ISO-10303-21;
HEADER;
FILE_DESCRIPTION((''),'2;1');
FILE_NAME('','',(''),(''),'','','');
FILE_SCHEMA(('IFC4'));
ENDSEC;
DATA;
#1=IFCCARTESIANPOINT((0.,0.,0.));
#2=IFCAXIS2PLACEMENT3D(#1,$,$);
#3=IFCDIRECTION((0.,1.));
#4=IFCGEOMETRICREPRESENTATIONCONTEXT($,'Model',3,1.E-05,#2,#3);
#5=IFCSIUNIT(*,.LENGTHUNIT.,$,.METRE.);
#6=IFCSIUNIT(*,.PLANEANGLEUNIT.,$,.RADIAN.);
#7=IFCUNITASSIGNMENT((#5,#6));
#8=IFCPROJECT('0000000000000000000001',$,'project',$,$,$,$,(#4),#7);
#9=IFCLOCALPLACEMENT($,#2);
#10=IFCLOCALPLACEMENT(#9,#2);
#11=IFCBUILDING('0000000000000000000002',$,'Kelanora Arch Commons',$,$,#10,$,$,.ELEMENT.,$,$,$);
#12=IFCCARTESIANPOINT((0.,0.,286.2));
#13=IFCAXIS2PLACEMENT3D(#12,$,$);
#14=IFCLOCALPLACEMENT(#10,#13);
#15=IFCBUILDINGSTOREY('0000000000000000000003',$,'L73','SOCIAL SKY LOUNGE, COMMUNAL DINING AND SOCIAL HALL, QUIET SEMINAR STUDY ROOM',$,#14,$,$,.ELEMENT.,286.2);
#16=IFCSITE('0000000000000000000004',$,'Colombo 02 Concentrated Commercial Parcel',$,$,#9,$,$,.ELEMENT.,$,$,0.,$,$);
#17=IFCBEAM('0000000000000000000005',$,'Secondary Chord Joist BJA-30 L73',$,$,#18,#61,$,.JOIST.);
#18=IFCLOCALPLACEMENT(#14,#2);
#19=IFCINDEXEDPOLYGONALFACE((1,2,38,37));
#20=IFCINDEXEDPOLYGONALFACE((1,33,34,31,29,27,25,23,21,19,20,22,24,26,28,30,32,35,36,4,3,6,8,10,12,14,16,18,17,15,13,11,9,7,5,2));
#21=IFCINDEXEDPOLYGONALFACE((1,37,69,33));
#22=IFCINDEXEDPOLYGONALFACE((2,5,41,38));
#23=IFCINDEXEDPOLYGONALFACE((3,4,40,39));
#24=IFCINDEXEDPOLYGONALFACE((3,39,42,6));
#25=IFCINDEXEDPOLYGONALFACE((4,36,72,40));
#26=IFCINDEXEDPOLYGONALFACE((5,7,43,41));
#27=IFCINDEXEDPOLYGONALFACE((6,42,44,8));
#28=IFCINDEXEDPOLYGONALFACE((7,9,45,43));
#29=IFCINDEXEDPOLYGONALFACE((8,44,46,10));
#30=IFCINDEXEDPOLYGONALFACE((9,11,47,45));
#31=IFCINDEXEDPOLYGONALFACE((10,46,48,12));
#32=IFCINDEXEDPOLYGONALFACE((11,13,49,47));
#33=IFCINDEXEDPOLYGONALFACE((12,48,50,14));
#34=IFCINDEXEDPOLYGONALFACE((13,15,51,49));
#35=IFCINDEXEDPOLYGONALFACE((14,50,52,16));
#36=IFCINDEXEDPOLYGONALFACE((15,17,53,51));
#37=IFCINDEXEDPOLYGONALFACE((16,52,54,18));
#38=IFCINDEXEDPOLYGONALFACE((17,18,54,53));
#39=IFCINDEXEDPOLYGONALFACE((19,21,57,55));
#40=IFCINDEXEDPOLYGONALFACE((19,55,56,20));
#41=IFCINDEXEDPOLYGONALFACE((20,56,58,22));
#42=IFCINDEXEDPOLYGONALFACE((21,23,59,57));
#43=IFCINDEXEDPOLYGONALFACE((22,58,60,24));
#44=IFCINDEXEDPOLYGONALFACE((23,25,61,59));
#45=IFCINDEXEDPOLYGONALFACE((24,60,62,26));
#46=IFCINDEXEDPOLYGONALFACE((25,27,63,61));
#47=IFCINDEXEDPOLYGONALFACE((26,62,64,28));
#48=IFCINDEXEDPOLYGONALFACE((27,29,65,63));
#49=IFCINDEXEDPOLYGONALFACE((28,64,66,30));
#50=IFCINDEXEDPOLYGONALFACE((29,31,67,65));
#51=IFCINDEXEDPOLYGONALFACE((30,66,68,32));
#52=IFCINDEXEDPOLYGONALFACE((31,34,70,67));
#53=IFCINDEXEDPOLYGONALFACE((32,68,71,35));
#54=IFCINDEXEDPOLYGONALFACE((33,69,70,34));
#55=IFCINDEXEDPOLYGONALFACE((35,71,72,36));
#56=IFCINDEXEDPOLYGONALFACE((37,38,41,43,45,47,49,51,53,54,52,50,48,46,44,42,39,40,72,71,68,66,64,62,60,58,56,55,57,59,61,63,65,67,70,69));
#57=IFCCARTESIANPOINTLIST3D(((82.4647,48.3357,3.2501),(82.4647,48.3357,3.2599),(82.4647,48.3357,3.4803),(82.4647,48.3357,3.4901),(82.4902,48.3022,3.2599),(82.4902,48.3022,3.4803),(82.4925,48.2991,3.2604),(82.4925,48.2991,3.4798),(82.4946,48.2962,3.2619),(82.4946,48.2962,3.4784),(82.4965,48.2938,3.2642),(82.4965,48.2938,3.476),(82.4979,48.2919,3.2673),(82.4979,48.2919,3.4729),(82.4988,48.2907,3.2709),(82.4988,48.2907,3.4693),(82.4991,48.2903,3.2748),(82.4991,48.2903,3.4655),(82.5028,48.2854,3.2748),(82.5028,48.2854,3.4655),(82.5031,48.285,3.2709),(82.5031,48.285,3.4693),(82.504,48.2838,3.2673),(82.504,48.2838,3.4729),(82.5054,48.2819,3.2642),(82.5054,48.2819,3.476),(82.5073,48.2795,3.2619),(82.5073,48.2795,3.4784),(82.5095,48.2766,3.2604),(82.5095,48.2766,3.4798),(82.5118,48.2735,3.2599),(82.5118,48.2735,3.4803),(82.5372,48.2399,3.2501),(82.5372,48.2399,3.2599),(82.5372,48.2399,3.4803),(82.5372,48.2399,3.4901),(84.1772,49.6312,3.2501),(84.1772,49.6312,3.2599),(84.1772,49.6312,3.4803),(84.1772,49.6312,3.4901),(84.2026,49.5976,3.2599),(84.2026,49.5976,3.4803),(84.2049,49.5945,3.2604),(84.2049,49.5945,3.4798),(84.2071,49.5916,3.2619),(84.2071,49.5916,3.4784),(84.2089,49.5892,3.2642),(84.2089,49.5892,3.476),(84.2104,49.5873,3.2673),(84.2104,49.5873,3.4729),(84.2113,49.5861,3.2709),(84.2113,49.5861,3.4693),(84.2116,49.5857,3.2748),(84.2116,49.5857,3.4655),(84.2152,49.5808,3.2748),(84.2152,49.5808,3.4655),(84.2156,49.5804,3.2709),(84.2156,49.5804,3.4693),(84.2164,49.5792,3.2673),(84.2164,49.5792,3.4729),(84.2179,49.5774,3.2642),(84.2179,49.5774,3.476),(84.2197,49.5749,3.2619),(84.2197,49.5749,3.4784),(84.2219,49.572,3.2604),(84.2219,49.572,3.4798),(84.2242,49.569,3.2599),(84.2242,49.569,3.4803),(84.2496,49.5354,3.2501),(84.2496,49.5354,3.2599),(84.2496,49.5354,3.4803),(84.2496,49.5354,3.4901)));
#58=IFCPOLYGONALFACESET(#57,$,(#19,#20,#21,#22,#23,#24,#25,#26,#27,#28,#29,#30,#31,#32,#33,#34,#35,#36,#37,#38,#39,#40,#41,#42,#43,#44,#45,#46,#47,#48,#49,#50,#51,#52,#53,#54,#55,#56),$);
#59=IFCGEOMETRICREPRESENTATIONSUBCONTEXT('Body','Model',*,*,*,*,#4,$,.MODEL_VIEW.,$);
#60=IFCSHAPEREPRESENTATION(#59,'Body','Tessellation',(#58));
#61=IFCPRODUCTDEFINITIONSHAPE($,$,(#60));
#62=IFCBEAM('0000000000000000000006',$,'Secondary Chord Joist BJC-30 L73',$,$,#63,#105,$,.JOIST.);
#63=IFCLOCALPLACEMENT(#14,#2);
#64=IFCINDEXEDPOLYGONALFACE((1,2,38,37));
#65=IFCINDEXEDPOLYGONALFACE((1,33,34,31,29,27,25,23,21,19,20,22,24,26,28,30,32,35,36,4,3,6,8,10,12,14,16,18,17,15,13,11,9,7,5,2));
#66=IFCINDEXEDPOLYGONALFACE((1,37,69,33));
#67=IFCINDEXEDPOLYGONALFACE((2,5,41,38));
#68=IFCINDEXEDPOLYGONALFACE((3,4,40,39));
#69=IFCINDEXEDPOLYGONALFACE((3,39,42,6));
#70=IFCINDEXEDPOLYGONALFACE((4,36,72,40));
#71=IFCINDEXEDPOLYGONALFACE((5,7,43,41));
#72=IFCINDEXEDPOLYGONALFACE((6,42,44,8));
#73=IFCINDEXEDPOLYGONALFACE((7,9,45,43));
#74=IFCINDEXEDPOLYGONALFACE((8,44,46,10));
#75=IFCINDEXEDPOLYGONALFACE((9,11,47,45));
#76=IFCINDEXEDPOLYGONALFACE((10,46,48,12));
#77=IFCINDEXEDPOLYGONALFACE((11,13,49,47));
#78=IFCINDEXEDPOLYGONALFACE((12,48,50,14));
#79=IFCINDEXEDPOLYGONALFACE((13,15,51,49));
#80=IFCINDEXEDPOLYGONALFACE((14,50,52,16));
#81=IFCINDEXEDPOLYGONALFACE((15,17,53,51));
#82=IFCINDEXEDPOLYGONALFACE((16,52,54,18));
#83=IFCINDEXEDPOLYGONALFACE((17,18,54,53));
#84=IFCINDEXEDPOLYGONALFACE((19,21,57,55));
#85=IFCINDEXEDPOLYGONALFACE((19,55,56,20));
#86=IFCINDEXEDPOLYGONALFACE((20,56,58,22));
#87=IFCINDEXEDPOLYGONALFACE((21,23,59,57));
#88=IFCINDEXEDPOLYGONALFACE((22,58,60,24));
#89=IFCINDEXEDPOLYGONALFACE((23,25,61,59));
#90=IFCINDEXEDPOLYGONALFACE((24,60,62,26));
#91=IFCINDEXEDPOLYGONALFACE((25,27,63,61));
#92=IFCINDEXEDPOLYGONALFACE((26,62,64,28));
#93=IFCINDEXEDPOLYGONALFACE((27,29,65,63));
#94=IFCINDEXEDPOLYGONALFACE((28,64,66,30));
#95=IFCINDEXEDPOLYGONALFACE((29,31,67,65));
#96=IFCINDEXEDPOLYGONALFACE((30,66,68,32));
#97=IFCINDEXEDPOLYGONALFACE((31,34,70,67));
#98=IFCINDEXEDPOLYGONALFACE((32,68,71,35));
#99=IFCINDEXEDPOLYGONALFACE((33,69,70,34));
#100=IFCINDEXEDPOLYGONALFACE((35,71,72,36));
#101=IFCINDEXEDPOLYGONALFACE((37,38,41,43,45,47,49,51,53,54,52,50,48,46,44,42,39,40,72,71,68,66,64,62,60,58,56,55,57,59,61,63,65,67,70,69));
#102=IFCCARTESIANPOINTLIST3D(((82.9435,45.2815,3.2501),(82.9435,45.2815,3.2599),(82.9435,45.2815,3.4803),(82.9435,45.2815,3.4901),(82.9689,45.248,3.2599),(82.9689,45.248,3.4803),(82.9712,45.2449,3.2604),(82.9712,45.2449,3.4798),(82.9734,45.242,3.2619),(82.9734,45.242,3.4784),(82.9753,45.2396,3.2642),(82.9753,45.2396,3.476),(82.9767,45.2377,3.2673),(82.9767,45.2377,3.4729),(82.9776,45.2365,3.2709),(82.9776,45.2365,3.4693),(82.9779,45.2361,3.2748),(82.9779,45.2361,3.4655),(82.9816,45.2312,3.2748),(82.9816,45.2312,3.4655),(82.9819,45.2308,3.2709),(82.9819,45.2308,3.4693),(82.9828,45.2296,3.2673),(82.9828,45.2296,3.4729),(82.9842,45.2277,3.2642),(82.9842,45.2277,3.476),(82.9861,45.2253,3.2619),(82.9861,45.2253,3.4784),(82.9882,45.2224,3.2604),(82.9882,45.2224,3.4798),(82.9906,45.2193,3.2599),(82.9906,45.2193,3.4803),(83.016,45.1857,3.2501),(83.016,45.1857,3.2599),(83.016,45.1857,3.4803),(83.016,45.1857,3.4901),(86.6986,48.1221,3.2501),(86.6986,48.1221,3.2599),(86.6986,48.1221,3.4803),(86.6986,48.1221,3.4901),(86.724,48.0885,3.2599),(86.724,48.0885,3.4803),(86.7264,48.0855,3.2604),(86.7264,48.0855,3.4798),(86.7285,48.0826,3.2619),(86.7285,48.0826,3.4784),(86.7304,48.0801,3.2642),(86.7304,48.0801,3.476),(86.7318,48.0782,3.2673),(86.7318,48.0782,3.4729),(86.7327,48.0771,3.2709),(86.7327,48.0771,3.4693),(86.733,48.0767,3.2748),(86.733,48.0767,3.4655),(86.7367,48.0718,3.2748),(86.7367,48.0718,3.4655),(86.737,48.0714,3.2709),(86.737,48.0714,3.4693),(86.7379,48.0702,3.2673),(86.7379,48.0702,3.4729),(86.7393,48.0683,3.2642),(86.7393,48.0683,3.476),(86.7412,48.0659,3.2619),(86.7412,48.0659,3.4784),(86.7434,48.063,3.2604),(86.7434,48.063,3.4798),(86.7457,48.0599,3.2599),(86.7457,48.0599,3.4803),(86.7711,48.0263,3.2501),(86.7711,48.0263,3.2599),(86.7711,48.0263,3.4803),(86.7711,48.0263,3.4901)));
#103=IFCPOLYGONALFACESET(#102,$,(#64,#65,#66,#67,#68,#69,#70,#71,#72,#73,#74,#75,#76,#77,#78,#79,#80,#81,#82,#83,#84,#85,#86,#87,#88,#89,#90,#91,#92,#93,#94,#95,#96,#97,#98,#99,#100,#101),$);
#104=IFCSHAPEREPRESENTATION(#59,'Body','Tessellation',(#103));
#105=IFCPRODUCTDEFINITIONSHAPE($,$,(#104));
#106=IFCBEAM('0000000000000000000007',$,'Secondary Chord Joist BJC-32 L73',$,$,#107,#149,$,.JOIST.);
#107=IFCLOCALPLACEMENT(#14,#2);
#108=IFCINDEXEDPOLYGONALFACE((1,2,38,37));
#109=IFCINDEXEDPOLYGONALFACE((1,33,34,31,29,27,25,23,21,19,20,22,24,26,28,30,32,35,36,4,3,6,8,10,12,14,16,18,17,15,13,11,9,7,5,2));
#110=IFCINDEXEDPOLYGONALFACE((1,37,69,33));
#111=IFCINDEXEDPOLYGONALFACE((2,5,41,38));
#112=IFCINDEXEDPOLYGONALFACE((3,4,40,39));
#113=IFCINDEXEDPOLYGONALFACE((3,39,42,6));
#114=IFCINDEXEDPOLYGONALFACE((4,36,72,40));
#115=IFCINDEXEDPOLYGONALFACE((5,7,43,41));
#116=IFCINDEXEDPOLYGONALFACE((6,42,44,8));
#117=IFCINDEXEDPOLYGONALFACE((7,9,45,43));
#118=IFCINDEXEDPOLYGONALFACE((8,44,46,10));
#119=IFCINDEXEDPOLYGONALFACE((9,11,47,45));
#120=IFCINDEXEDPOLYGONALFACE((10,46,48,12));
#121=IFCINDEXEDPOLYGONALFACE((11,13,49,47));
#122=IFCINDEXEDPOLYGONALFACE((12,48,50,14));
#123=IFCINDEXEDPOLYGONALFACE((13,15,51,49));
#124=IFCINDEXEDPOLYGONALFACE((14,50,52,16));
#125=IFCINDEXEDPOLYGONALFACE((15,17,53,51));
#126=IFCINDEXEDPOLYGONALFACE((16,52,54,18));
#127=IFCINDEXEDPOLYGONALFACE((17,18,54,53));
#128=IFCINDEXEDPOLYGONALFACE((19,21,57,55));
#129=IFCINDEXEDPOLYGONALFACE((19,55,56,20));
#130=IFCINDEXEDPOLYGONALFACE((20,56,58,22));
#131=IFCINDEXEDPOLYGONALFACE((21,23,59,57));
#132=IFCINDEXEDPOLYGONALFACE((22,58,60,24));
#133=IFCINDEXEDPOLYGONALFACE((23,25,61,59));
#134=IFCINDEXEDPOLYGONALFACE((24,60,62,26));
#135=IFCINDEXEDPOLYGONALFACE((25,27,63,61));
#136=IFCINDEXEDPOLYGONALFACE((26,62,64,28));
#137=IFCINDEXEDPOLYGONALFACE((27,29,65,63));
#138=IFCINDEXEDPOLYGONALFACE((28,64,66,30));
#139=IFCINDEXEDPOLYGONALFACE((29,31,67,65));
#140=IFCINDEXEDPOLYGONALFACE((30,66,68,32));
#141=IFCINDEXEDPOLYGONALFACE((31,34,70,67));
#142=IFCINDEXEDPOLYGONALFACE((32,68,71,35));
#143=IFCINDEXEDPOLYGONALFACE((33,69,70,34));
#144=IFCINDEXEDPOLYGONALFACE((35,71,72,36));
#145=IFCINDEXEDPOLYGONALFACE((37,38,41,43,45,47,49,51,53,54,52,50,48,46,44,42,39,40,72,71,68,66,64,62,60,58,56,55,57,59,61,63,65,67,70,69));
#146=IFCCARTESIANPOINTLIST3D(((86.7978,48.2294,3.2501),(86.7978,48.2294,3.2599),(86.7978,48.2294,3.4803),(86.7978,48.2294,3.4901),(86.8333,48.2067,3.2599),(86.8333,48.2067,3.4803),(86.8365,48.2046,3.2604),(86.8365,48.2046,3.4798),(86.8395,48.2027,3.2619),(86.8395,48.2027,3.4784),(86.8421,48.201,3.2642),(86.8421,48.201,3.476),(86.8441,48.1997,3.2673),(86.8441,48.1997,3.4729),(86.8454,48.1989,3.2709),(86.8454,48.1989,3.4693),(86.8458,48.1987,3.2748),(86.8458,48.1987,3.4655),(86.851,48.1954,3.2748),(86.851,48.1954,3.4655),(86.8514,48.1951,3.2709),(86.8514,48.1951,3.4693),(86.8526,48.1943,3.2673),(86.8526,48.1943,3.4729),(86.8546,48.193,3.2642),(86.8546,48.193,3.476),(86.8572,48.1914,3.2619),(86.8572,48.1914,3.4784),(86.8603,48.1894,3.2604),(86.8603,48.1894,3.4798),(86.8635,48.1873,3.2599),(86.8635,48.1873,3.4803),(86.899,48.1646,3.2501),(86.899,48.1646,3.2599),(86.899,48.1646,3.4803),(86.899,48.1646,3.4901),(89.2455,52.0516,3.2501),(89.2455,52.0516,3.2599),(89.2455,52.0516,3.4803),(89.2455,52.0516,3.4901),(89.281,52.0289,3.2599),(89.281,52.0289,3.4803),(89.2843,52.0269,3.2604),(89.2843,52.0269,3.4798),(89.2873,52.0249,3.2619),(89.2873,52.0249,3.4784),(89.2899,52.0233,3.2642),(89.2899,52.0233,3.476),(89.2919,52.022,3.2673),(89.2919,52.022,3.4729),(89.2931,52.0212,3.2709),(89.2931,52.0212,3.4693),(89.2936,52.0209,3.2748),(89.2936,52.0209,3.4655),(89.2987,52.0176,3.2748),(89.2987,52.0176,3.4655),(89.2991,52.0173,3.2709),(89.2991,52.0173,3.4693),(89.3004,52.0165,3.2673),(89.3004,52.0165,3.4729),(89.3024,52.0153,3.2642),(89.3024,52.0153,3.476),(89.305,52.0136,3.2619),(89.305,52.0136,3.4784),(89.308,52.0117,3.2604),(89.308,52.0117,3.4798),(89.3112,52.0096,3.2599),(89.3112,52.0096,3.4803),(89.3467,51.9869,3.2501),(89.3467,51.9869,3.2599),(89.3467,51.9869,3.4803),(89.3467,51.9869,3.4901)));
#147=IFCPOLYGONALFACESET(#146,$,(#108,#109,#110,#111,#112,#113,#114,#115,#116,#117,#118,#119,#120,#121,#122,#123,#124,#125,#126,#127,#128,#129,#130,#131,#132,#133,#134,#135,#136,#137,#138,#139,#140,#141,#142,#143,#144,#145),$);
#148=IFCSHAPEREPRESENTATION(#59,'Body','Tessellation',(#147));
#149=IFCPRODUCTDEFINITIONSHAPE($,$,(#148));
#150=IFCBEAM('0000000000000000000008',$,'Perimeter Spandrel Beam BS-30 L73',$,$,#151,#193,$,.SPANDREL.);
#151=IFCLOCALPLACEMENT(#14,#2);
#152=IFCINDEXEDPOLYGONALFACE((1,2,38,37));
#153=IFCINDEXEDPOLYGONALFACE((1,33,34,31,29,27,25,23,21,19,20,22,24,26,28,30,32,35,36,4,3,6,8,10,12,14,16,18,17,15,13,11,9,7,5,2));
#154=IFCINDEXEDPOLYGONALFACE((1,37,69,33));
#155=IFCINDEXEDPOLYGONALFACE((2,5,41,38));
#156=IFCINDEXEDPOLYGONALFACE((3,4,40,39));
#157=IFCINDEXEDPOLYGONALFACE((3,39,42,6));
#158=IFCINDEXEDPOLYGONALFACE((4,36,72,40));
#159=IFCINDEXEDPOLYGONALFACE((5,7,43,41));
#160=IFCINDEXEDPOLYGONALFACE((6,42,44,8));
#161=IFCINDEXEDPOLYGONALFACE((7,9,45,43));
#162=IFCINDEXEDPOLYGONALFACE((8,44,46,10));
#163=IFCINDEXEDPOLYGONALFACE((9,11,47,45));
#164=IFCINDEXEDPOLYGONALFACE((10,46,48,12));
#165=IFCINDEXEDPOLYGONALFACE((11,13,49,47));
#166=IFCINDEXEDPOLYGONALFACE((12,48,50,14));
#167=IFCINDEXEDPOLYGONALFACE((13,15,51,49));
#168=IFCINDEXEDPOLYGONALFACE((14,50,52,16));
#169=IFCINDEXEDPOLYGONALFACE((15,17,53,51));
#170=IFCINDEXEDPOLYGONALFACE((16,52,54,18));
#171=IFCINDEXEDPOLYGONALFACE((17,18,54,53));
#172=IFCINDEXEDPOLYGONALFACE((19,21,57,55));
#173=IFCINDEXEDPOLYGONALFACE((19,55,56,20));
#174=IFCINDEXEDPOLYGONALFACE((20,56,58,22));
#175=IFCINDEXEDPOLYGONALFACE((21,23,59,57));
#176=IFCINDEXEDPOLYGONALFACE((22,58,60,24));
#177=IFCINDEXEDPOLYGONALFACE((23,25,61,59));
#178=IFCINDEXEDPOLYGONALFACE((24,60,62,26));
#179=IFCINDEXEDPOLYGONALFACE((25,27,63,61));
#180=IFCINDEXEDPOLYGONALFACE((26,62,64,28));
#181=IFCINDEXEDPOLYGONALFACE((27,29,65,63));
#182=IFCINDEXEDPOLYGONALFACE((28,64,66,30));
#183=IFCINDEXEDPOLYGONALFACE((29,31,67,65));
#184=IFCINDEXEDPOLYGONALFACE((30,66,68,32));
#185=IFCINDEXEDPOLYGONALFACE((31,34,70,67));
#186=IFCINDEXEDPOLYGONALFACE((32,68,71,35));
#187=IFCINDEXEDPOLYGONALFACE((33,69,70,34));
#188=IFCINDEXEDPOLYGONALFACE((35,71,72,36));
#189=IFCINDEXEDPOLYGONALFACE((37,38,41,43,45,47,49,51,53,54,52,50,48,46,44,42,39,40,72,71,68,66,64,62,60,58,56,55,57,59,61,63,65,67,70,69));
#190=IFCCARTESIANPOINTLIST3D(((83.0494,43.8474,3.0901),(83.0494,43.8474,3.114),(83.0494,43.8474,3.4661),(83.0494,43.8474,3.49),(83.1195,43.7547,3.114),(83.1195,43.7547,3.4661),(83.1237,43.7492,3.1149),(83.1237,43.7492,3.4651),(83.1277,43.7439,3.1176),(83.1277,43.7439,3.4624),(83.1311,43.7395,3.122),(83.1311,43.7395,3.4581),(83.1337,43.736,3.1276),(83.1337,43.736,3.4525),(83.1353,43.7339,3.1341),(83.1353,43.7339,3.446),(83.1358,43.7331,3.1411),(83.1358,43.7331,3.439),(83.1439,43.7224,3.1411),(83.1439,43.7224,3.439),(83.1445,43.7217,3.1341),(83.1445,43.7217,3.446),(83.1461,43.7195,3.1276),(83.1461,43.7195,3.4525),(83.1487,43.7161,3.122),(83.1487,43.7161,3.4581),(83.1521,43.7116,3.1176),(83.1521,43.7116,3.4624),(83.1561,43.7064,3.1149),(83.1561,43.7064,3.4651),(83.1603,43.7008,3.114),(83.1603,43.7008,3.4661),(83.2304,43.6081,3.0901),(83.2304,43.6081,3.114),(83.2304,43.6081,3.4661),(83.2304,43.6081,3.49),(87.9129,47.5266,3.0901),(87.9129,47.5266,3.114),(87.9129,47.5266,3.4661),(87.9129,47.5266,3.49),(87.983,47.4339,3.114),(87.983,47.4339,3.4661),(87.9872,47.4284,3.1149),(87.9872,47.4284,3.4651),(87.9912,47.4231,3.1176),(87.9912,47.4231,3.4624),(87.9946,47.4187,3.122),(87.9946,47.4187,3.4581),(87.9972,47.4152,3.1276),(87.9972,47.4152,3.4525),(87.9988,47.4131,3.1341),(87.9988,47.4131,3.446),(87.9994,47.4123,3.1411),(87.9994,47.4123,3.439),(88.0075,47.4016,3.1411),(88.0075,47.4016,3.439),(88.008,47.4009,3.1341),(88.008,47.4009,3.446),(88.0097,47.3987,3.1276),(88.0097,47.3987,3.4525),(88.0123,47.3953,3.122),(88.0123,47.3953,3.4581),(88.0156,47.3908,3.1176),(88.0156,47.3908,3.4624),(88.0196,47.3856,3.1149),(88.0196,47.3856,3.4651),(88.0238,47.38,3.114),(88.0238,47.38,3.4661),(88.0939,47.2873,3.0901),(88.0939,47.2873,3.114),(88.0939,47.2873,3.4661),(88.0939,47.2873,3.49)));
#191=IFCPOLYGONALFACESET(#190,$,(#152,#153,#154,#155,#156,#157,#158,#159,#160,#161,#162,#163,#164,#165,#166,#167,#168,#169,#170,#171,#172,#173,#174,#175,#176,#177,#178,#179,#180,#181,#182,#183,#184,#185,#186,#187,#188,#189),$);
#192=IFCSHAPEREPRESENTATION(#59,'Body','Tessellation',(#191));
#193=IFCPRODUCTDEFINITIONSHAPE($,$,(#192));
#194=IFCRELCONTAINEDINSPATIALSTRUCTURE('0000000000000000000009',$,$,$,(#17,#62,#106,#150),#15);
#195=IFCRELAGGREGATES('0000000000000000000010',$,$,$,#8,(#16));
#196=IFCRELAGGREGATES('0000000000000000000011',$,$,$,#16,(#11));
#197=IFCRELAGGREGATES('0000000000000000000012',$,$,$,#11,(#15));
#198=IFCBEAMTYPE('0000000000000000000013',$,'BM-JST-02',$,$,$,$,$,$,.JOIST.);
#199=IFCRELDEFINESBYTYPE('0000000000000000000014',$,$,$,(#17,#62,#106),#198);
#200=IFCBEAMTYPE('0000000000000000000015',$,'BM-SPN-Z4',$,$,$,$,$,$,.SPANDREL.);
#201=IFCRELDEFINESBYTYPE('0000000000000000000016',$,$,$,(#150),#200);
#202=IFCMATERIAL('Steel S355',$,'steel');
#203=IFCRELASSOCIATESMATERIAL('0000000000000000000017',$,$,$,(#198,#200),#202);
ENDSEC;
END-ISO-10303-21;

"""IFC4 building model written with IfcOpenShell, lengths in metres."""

from ifc_helpers import new_model, si_unit, direction, frame, origin, origin_2d, place, context, subcontext, project, spatial, i_section, extrude, material, material_profile, profile_set, type_object, element, save


model = new_model("IFC4")

# Units and contexts
model_context = context("Model", 3, precision=1e-05, world=origin(), true_north=direction((0.0, 1.0)))
body_context = subcontext(model_context, "Body", "Model", "MODEL_VIEW")
ifc_project = project(units=[si_unit("LENGTHUNIT", "METRE"), si_unit("PLANEANGLEUNIT", "RADIAN")], contexts=[model_context])

# Site, building, storey
site_placement = place(None, origin())
site = spatial("IfcSite", under=ifc_project, at=site_placement, Name="Colombo 02 Concentrated Commercial Parcel", CompositionType="ELEMENT", RefElevation=0.0)
building_placement = place(site_placement, origin())
building = spatial("IfcBuilding", under=site, at=building_placement, Name="Kelanora Arch Commons", CompositionType="ELEMENT")
storey_placement = place(building_placement, frame((0.0, 0.0, 286.2)))
storey = spatial("IfcBuildingStorey", under=building, at=storey_placement, Name="L73", Description="SOCIAL SKY LOUNGE, COMMUNAL DINING AND SOCIAL HALL, QUIET SEMINAR STUDY ROOM", CompositionType="ELEMENT", Elevation=286.2)

# Beams
ifc_material_1 = material(Name="Steel S355", Category="steel")
ifc_material_profile_1 = material_profile(ifc_material_1, i_section(OverallWidth=0.1201, OverallDepth=0.24, WebThickness=0.0061, FlangeThickness=0.0098, FilletRadius=0.0149, at=origin_2d()), Name="IPE240")
ifc_profile_set_1 = profile_set([ifc_material_profile_1], Name="Steel S355")
beam_type_1 = type_object("IfcBeamType", Name="BM-JST-02", PredefinedType="JOIST", material=ifc_profile_set_1)
beam_1_placement = place(storey_placement, frame((82.501, 48.2878, 3.3701), z_axis=(0.79751, 0.603306, 0.0), x_axis=(-0.603306, 0.79751, 0.0)))
element("IfcBeam", 1, at=beam_1_placement, inside=storey, type_object=beam_type_1, Name="Secondary Chord Joist BJA-30 L73", PredefinedType="JOIST", context=body_context, shape_type="SweptSolid", body=[
    extrude(i_section(OverallWidth=0.1201, OverallDepth=0.24, WebThickness=0.0061, FlangeThickness=0.0098, FilletRadius=0.0149, at=origin_2d()), origin(), (0.0, 0.0, 1.0), 2.1472),
])
beam_2_placement = place(storey_placement, frame((82.9797, 45.2336, 3.3701), z_axis=(0.797523, 0.603289, 0.0), x_axis=(-0.603289, 0.797523, 0.0)))
element("IfcBeam", 2, at=beam_2_placement, inside=storey, type_object=beam_type_1, Name="Secondary Chord Joist BJC-30 L73", PredefinedType="JOIST", context=body_context, shape_type="SweptSolid", body=[
    extrude(i_section(OverallWidth=0.1201, OverallDepth=0.24, WebThickness=0.0061, FlangeThickness=0.0098, FilletRadius=0.0149, at=origin_2d()), origin(), (0.0, 0.0, 1.0), 4.7085),
])
beam_3_placement = place(storey_placement, frame((86.8484, 48.197, 3.3701), z_axis=(0.539289, 0.842121, 0.0), x_axis=(-0.842121, 0.539289, 0.0)))
element("IfcBeam", 3, at=beam_3_placement, inside=storey, type_object=beam_type_1, Name="Secondary Chord Joist BJC-32 L73", PredefinedType="JOIST", context=body_context, shape_type="SweptSolid", body=[
    extrude(i_section(OverallWidth=0.1201, OverallDepth=0.24, WebThickness=0.0061, FlangeThickness=0.0098, FilletRadius=0.0149, at=origin_2d()), origin(), (0.0, 0.0, 1.0), 4.5388),
])
ifc_material_profile_2 = material_profile(ifc_material_1, i_section(OverallWidth=0.3, OverallDepth=0.3999, WebThickness=0.0134, FlangeThickness=0.0239, FilletRadius=0.0271, at=origin_2d()), Name="HEB400")
ifc_profile_set_2 = profile_set([ifc_material_profile_2], Name="Steel S355")
beam_type_2 = type_object("IfcBeamType", Name="BM-SPN-Z4", PredefinedType="SPANDREL", material=ifc_profile_set_2)
beam_4_placement = place(storey_placement, frame((83.1399, 43.7278, 3.29), z_axis=(0.797509, 0.603306, 0.0), x_axis=(-0.603306, 0.797509, 0.0)))
element("IfcBeam", 4, at=beam_4_placement, inside=storey, type_object=beam_type_2, Name="Perimeter Spandrel Beam BS-30 L73", PredefinedType="SPANDREL", context=body_context, shape_type="SweptSolid", body=[
    extrude(i_section(OverallWidth=0.3, OverallDepth=0.3999, WebThickness=0.0134, FlangeThickness=0.0239, FilletRadius=0.0271, at=origin_2d()), origin(), (0.0, 0.0, 1.0), 6.0984),
])

save(model, "model.ifc")
